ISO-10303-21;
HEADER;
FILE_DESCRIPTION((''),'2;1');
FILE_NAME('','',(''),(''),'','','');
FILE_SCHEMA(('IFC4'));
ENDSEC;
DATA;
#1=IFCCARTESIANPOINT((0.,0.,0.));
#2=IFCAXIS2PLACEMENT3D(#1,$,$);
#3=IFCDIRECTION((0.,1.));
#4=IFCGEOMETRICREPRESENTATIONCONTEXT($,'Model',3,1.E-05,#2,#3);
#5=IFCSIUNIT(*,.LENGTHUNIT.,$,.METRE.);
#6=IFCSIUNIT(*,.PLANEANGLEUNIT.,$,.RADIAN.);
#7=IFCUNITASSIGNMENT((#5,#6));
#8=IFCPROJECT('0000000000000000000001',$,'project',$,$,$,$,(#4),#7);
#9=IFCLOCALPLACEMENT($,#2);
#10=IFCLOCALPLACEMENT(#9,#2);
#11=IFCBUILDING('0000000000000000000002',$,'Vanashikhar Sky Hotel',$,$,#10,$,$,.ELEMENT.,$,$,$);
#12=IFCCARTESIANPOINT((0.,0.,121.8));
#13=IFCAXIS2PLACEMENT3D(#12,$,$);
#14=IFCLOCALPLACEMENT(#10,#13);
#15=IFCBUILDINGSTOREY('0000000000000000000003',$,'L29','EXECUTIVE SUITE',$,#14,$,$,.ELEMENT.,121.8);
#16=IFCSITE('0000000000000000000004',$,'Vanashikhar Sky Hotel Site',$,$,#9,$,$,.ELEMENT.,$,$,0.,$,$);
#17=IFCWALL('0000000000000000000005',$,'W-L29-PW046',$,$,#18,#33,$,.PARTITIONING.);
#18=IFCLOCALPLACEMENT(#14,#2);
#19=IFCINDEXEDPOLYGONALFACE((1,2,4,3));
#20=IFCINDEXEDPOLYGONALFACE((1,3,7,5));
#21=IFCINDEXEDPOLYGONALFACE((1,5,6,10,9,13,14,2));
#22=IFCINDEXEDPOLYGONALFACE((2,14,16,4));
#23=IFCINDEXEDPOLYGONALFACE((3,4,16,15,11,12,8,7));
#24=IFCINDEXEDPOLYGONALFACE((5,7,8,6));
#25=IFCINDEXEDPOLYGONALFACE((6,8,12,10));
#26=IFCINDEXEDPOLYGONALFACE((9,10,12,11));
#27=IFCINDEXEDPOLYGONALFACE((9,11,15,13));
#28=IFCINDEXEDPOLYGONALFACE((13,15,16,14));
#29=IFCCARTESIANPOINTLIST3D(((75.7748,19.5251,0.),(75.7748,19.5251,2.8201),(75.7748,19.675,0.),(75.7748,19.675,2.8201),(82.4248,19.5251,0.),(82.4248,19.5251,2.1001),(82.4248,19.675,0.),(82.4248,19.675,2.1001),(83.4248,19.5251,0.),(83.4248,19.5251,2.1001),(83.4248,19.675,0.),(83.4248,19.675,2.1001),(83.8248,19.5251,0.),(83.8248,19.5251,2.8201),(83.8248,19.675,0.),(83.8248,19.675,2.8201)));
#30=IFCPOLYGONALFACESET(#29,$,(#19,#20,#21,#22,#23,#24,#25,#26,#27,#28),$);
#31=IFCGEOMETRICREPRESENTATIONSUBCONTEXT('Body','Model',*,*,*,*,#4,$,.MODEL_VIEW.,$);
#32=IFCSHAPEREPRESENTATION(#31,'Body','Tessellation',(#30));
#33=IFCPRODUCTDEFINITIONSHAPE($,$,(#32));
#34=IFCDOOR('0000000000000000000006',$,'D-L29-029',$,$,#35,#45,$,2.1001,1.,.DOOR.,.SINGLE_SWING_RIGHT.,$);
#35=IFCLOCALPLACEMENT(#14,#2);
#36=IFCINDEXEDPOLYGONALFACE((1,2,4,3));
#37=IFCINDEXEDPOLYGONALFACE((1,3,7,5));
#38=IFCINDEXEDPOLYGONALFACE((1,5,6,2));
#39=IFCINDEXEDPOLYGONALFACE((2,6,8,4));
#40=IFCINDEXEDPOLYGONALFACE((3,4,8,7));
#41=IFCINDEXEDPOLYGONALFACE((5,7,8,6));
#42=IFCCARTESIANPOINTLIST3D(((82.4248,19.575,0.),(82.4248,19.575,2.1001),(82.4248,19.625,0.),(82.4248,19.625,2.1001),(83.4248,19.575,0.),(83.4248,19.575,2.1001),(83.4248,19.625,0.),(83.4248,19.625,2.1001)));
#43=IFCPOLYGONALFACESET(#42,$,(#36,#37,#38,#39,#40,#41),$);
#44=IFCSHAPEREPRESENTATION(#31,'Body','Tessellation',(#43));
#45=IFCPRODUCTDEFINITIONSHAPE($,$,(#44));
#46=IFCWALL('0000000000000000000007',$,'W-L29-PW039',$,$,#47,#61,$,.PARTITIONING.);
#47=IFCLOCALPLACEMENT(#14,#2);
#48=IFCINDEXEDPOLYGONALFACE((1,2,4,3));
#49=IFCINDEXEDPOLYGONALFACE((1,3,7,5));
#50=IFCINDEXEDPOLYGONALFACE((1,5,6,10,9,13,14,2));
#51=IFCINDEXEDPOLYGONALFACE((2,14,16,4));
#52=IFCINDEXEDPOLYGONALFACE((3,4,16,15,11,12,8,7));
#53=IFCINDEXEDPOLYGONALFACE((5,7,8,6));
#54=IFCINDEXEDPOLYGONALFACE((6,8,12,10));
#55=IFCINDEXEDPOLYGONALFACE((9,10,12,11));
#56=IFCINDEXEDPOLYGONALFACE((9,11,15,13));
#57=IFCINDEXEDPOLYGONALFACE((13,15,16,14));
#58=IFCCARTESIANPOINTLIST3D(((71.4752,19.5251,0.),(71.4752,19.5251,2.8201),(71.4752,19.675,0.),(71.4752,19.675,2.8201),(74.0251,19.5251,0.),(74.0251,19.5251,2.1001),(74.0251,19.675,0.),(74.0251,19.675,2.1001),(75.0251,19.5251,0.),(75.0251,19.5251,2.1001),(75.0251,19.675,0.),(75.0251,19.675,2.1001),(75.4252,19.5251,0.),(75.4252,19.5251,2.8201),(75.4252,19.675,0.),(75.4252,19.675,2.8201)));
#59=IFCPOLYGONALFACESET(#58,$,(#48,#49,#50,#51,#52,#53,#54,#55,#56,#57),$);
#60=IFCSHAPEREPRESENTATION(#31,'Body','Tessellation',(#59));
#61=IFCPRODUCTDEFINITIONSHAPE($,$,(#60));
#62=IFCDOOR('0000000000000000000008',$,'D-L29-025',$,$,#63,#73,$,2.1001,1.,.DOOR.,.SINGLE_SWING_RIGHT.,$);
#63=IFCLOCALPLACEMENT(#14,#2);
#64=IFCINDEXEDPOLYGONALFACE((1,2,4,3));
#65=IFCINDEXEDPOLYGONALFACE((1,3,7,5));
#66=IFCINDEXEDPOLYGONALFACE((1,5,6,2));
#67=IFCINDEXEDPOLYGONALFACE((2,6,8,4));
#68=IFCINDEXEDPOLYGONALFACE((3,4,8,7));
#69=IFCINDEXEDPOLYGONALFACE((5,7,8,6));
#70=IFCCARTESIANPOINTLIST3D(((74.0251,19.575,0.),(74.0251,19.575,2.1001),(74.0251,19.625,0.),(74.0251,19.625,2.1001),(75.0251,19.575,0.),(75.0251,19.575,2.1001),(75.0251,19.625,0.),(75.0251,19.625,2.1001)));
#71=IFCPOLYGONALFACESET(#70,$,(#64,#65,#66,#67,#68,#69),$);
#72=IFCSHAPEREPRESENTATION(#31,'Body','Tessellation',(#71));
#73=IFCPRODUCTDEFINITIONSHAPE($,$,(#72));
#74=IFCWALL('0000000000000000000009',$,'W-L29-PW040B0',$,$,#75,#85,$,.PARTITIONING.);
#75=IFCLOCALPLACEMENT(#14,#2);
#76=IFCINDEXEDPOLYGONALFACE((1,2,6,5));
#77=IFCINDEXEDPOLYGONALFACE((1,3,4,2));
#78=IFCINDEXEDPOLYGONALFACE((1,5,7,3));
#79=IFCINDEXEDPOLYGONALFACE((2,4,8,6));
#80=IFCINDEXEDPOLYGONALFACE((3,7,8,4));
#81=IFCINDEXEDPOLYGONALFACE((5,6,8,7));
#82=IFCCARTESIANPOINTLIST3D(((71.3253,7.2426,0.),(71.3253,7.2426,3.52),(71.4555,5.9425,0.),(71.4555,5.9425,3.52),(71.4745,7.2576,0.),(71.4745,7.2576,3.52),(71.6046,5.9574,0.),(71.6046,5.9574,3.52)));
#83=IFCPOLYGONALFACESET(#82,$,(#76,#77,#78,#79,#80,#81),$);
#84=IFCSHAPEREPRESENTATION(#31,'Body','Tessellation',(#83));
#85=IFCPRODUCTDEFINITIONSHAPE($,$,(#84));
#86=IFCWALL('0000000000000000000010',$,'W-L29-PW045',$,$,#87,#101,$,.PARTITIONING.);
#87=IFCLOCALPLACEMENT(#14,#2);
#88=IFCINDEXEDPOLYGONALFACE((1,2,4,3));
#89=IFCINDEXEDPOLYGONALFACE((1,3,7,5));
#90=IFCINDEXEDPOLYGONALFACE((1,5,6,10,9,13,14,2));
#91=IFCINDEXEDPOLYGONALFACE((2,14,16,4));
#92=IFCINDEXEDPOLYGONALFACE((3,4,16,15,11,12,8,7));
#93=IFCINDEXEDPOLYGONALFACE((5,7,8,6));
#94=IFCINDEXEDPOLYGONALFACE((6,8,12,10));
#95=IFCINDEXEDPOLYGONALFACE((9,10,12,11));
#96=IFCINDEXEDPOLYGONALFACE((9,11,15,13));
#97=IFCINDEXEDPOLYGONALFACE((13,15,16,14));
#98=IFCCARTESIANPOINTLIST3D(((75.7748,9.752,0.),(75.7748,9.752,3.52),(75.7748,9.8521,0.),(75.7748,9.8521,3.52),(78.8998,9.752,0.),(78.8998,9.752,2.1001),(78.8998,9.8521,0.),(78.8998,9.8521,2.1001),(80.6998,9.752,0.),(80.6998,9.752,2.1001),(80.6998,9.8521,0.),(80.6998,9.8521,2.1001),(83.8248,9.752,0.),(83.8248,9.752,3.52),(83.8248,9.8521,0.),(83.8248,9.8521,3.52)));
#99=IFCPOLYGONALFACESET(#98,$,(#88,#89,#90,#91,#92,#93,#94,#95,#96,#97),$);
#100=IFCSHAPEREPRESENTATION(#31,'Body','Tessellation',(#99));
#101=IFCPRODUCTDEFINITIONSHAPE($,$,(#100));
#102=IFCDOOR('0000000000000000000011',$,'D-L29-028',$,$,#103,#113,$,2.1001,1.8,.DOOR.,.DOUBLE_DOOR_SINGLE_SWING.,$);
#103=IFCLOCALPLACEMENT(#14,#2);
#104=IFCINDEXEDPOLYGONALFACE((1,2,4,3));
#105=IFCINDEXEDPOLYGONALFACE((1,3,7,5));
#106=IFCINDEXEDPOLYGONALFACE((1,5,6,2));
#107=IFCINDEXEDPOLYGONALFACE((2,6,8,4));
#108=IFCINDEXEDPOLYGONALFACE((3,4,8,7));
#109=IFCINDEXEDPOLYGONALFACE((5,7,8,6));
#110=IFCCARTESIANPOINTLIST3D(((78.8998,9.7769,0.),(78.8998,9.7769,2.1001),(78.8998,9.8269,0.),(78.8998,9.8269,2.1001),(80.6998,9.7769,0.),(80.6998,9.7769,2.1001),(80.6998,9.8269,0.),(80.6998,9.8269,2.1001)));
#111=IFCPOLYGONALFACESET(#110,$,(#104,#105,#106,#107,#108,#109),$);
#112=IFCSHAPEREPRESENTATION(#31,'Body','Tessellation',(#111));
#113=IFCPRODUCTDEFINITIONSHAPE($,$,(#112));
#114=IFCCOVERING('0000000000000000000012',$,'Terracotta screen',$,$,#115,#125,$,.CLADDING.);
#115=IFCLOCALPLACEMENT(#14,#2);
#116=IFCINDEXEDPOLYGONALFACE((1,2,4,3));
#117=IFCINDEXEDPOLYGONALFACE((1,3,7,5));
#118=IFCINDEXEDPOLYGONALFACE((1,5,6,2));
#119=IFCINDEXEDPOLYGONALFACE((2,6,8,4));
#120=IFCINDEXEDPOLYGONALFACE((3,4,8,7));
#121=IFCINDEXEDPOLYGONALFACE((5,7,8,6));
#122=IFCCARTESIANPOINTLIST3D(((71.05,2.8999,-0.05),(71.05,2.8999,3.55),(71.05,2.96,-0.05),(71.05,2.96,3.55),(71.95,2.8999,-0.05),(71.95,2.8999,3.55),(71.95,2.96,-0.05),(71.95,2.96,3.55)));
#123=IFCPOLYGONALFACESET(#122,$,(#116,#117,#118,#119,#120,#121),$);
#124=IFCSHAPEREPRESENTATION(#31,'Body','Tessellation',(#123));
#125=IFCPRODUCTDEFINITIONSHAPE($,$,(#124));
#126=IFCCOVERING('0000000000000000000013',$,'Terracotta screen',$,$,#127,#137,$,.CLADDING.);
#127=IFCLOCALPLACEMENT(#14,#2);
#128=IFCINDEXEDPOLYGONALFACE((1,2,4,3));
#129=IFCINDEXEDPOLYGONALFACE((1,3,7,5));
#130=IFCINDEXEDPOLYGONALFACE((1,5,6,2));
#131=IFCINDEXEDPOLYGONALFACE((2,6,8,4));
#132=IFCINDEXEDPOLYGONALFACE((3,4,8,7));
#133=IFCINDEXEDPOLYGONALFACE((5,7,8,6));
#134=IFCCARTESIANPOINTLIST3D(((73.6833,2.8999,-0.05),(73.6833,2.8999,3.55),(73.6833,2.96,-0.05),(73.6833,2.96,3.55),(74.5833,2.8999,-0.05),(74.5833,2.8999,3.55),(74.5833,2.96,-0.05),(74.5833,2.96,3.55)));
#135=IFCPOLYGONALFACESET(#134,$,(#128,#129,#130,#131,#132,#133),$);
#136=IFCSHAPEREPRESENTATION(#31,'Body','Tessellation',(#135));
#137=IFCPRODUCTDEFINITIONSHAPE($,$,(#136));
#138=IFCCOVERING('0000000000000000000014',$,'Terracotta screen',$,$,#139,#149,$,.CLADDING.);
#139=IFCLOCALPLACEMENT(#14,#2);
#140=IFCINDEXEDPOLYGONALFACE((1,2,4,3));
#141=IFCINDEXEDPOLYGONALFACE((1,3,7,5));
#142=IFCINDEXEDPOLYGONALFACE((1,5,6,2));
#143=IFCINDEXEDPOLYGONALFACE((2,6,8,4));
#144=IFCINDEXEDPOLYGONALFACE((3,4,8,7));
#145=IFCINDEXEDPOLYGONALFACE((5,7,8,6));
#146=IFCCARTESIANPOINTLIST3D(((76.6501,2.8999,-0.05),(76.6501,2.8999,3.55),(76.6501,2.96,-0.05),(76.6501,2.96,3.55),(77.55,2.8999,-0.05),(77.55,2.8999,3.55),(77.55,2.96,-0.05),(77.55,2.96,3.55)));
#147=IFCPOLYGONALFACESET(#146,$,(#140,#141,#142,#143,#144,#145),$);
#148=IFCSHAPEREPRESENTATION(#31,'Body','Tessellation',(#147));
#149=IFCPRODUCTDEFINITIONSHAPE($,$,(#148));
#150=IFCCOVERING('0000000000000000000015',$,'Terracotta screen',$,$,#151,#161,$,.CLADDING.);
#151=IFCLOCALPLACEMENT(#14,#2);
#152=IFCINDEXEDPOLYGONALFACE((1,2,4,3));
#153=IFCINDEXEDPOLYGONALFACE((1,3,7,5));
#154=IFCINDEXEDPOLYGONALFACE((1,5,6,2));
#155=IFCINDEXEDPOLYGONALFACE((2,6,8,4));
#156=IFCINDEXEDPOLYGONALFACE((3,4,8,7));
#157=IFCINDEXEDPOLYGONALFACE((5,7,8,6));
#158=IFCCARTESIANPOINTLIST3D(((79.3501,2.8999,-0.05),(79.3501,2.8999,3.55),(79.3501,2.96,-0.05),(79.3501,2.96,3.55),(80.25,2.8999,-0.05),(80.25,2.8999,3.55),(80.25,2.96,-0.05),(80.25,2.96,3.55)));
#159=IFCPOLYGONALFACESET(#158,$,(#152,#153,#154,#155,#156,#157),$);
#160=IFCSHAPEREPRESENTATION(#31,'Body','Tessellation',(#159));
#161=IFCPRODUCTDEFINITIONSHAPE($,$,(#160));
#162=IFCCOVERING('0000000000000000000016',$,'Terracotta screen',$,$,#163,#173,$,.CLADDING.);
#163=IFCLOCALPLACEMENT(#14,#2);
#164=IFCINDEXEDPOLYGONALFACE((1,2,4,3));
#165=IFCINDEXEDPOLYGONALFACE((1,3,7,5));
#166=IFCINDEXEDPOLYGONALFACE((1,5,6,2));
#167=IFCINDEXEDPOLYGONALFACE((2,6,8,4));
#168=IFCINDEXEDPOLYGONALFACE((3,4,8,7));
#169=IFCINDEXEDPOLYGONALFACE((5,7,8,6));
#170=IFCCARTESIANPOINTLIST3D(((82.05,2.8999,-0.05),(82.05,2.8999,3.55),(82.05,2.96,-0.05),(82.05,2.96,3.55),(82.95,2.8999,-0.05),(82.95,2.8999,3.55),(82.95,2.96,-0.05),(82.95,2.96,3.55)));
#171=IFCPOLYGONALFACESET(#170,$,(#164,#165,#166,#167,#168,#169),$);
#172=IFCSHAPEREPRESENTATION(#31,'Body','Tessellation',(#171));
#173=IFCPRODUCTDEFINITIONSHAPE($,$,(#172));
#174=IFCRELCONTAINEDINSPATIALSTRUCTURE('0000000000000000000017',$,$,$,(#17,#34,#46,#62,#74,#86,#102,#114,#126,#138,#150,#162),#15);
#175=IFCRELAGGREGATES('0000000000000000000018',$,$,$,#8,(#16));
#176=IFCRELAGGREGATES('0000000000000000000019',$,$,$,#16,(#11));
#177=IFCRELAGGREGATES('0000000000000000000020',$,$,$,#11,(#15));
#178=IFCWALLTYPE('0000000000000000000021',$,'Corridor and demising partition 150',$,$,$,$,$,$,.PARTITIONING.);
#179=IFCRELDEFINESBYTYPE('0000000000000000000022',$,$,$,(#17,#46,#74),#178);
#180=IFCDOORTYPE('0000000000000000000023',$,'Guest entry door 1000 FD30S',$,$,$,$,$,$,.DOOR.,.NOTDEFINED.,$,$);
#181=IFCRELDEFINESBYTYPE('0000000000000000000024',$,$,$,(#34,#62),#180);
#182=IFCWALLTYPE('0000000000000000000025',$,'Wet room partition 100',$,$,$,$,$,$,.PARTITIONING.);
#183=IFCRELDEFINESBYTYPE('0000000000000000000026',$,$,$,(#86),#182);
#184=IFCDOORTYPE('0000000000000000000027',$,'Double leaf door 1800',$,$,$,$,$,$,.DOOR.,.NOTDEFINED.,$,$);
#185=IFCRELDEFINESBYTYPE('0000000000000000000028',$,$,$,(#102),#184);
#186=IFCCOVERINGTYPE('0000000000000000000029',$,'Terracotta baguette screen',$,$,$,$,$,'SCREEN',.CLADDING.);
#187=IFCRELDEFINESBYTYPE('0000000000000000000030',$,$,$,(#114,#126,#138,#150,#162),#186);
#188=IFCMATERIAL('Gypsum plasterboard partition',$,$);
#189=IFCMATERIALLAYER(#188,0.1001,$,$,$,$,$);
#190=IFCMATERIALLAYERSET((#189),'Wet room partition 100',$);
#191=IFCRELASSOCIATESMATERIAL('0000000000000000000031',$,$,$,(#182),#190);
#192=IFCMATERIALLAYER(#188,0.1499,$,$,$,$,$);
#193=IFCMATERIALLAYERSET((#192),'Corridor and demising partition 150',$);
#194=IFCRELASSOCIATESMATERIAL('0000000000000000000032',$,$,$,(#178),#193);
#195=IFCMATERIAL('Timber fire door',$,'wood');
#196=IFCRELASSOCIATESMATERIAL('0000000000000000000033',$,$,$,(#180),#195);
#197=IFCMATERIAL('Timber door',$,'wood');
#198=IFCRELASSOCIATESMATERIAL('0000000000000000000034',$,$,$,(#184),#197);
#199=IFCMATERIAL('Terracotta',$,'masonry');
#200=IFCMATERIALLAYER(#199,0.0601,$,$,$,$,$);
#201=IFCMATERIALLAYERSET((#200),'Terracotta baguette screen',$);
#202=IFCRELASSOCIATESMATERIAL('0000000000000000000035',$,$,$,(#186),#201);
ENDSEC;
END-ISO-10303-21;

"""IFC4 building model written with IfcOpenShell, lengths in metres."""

from ifc_helpers import new_model, si_unit, direction, frame, frame_2d, origin, origin_2d, place, context, subcontext, project, spatial, rectangle, extrude, source, transform, mapped, material, layer, layer_set, type_object, element, fill, save


model = new_model("IFC4")

# Units and contexts
model_context = context("Model", 3, precision=1e-05, world=origin(), true_north=direction((0.0, 1.0)))
body_context = subcontext(model_context, "Body", "Model", "MODEL_VIEW")
ifc_project = project(units=[si_unit("LENGTHUNIT", "METRE"), si_unit("PLANEANGLEUNIT", "RADIAN")], contexts=[model_context])

# Site, building, storey
site_placement = place(None, origin())
site = spatial("IfcSite", under=ifc_project, at=site_placement, Name="Vanashikhar Sky Hotel Site", CompositionType="ELEMENT", RefElevation=0.0)
building_placement = place(site_placement, origin())
building = spatial("IfcBuilding", under=site, at=building_placement, Name="Vanashikhar Sky Hotel", CompositionType="ELEMENT")
storey_placement = place(building_placement, frame((0.0, 0.0, 121.8)))
storey = spatial("IfcBuildingStorey", under=building, at=storey_placement, Name="L29", Description="EXECUTIVE SUITE", CompositionType="ELEMENT", Elevation=121.8)

# Shared definitions
ifc_material_1 = material(Name="Gypsum plasterboard partition")
ifc_layer_1 = layer(ifc_material_1, 0.1001)
ifc_layer_set_1 = layer_set([ifc_layer_1], Name="Wet room partition 100")
wall_type_1 = type_object("IfcWallType", Name="Wet room partition 100", PredefinedType="PARTITIONING", material=ifc_layer_set_1)
ifc_material_2 = material(Name="Timber door", Category="wood")

# Walls, openings, doors
ifc_layer_2 = layer(ifc_material_1, 0.1499)
ifc_layer_set_2 = layer_set([ifc_layer_2], Name="Corridor and demising partition 150")
wall_type_2 = type_object("IfcWallType", Name="Corridor and demising partition 150", PredefinedType="PARTITIONING", material=ifc_layer_set_2)
shared_shape_1 = source(origin(), body_context, "Body", "SweptSolid", [
    extrude(rectangle(XDim=8.05, YDim=0.1499, at=frame_2d((4.0249, 0.0))), origin(), (0.0, 0.0, 1.0), 2.8201),
])
wall_1_placement = place(storey_placement, frame((75.7749, 19.6001, 0.0), z_axis=(0.0, 0.0, 1.0), x_axis=(1.0, 0.0, 0.0)))
wall_1 = element("IfcWall", 1, at=wall_1_placement, inside=storey, type_object=wall_type_2, Name="W-L29-PW046", PredefinedType="PARTITIONING", context=body_context, shape_type="MappedRepresentation", body=[
    mapped(shared_shape_1, transform((0.0, 0.0, 0.0), scale=1.0)),
])
shared_shape_2 = source(origin(), body_context, "Body", "SweptSolid", [
    extrude(rectangle(XDim=1.0, YDim=2.1001, at=frame_2d((0.5, 1.05))), frame((0.0, 0.085, 0.0), z_axis=(0.0, -1.0, 0.0), x_axis=(1.0, 0.0, 0.0)), (0.0, 0.0, 1.0), 0.1699),
])
opening_1_placement = place(wall_1_placement, frame((6.6499, 0.0, 0.0)))
opening_1 = element("IfcOpeningElement", 2, at=opening_1_placement, cuts=wall_1, PredefinedType="OPENING", context=body_context, shape_type="MappedRepresentation", body=[
    mapped(shared_shape_2, transform((0.0, 0.0, 0.0), scale=1.0)),
])
ifc_material_3 = material(Name="Timber fire door", Category="wood")
door_type_1 = type_object("IfcDoorType", Name="Guest entry door 1000 FD30S", OperationType="NOTDEFINED", PredefinedType="DOOR", material=ifc_material_3)
shared_shape_3 = source(origin(), body_context, "Body", "SweptSolid", [
    extrude(rectangle(XDim=1.0, YDim=2.1001, at=frame_2d((0.5, 1.05))), frame((0.0, 0.0249, 0.0), z_axis=(0.0, -1.0, 0.0), x_axis=(1.0, 0.0, 0.0)), (0.0, 0.0, 1.0), 0.05),
])
door_1_placement = place(opening_1_placement, origin())
door_1 = element("IfcDoor", 3, at=door_1_placement, inside=storey, type_object=door_type_1, Name="D-L29-029", OperationType="SINGLE_SWING_RIGHT", OverallHeight=2.1001, OverallWidth=1.0, PredefinedType="DOOR", context=body_context, shape_type="MappedRepresentation", body=[
    mapped(shared_shape_3, transform((0.0, 0.0, 0.0), scale=1.0)),
])
fill(opening_1, door_1)
shared_shape_4 = source(origin(), body_context, "Body", "SweptSolid", [
    extrude(rectangle(XDim=3.95, YDim=0.1499, at=frame_2d((1.9751, 0.0))), origin(), (0.0, 0.0, 1.0), 2.8201),
])
wall_2_placement = place(storey_placement, frame((71.4751, 19.6001, 0.0), z_axis=(0.0, 0.0, 1.0), x_axis=(1.0, 0.0, 0.0)))
wall_2 = element("IfcWall", 4, at=wall_2_placement, inside=storey, type_object=wall_type_2, Name="W-L29-PW039", PredefinedType="PARTITIONING", context=body_context, shape_type="MappedRepresentation", body=[
    mapped(shared_shape_4, transform((0.0, 0.0, 0.0), scale=1.0)),
])
opening_2_placement = place(wall_2_placement, frame((2.55, 0.0, 0.0)))
opening_2 = element("IfcOpeningElement", 5, at=opening_2_placement, cuts=wall_2, PredefinedType="OPENING", context=body_context, shape_type="MappedRepresentation", body=[
    mapped(shared_shape_2, transform((0.0, 0.0, 0.0), scale=1.0)),
])
door_2_placement = place(opening_2_placement, origin())
door_2 = element("IfcDoor", 6, at=door_2_placement, inside=storey, type_object=door_type_1, Name="D-L29-025", OperationType="SINGLE_SWING_RIGHT", OverallHeight=2.1001, OverallWidth=1.0, PredefinedType="DOOR", context=body_context, shape_type="MappedRepresentation", body=[
    mapped(shared_shape_3, transform((0.0, 0.0, 0.0), scale=1.0)),
])
fill(opening_2, door_2)

# Wall
shared_shape_5 = source(origin(), body_context, "Body", "SweptSolid", [
    extrude(rectangle(XDim=1.3066, YDim=0.1499, at=frame_2d((0.6533, 0.0))), origin(), (0.0, 0.0, 1.0), 3.52),
])
wall_3_placement = place(storey_placement, frame((71.53, 5.95, 0.0), z_axis=(0.0, 0.0, 1.0), x_axis=(-0.099596, 0.995028, 0.0)))
element("IfcWall", 7, at=wall_3_placement, inside=storey, type_object=wall_type_2, Name="W-L29-PW040B0", PredefinedType="PARTITIONING", context=body_context, shape_type="MappedRepresentation", body=[
    mapped(shared_shape_5, transform((0.0, 0.0, 0.0), scale=1.0)),
])

# Wall, opening, door
shared_shape_6 = source(origin(), body_context, "Body", "SweptSolid", [
    extrude(rectangle(XDim=8.05, YDim=0.1001, at=frame_2d((4.0249, 0.0))), origin(), (0.0, 0.0, 1.0), 3.52),
])
wall_4_placement = place(storey_placement, frame((75.7749, 9.802, 0.0), z_axis=(0.0, 0.0, 1.0), x_axis=(1.0, 0.0, 0.0)))
wall_4 = element("IfcWall", 8, at=wall_4_placement, inside=storey, type_object=wall_type_1, Name="W-L29-PW045", PredefinedType="PARTITIONING", context=body_context, shape_type="MappedRepresentation", body=[
    mapped(shared_shape_6, transform((0.0, 0.0, 0.0), scale=1.0)),
])
shared_shape_7 = source(origin(), body_context, "Body", "SweptSolid", [
    extrude(rectangle(XDim=1.8, YDim=2.1001, at=frame_2d((0.8999, 1.05))), frame((0.0, 0.0601, 0.0), z_axis=(0.0, -1.0, 0.0), x_axis=(1.0, 0.0, 0.0)), (0.0, 0.0, 1.0), 0.1201),
])
opening_3_placement = place(wall_4_placement, frame((3.125, 0.0, 0.0)))
opening_3 = element("IfcOpeningElement", 9, at=opening_3_placement, cuts=wall_4, PredefinedType="OPENING", context=body_context, shape_type="MappedRepresentation", body=[
    mapped(shared_shape_7, transform((0.0, 0.0, 0.0), scale=1.0)),
])
door_type_2 = type_object("IfcDoorType", Name="Double leaf door 1800", OperationType="NOTDEFINED", PredefinedType="DOOR", material=ifc_material_2)
shared_shape_8 = source(origin(), body_context, "Body", "SweptSolid", [
    extrude(rectangle(XDim=1.8, YDim=2.1001, at=frame_2d((0.8999, 1.05))), frame((0.0, 0.0249, 0.0), z_axis=(0.0, -1.0, 0.0), x_axis=(1.0, 0.0, 0.0)), (0.0, 0.0, 1.0), 0.05),
])
door_3_placement = place(opening_3_placement, origin())
door_3 = element("IfcDoor", 10, at=door_3_placement, inside=storey, type_object=door_type_2, Name="D-L29-028", OperationType="DOUBLE_DOOR_SINGLE_SWING", OverallHeight=2.1001, OverallWidth=1.8, PredefinedType="DOOR", context=body_context, shape_type="MappedRepresentation", body=[
    mapped(shared_shape_8, transform((0.0, 0.0, 0.0), scale=1.0)),
])
fill(opening_3, door_3)

# Coverings
ifc_material_4 = material(Name="Terracotta", Category="masonry")
ifc_layer_3 = layer(ifc_material_4, 0.0601)
ifc_layer_set_3 = layer_set([ifc_layer_3], Name="Terracotta baguette screen")
covering_type = type_object("IfcCoveringType", Name="Terracotta baguette screen", ElementType="SCREEN", PredefinedType="CLADDING", material=ifc_layer_set_3)
shared_shape_9 = source(origin(), body_context, "Body", "SweptSolid", [
    extrude(rectangle(XDim=0.8999, YDim=0.0601, at=origin_2d()), origin(), (0.0, 0.0, 1.0), 3.6001),
])
for number, where, z_axis, x_axis, name in (
    (11, (71.5, 2.9299, -0.05), (0.0, 0.0, 1.0), (1.0, 0.0, 0.0), "Terracotta screen"),
    (12, (74.1333, 2.9299, -0.05), (0.0, 0.0, 1.0), (1.0, 0.0, 0.0), "Terracotta screen"),
    (13, (77.1001, 2.9299, -0.05), (0.0, 0.0, 1.0), (1.0, 0.0, 0.0), "Terracotta screen"),
    (14, (79.8, 2.9299, -0.05), (0.0, 0.0, 1.0), (1.0, 0.0, 0.0), "Terracotta screen"),
    (15, (82.5, 2.9299, -0.05), (0.0, 0.0, 1.0), (1.0, 0.0, 0.0), "Terracotta screen"),
):
    element("IfcCovering", number, at=place(storey_placement, frame(where, z_axis=z_axis, x_axis=x_axis)), inside=storey, type_object=covering_type, Name=name, PredefinedType="CLADDING", context=body_context, shape_type="MappedRepresentation", body=[
        mapped(shared_shape_9, transform((0.0, 0.0, 0.0), scale=1.0)),
    ])

save(model, "model.ifc")
